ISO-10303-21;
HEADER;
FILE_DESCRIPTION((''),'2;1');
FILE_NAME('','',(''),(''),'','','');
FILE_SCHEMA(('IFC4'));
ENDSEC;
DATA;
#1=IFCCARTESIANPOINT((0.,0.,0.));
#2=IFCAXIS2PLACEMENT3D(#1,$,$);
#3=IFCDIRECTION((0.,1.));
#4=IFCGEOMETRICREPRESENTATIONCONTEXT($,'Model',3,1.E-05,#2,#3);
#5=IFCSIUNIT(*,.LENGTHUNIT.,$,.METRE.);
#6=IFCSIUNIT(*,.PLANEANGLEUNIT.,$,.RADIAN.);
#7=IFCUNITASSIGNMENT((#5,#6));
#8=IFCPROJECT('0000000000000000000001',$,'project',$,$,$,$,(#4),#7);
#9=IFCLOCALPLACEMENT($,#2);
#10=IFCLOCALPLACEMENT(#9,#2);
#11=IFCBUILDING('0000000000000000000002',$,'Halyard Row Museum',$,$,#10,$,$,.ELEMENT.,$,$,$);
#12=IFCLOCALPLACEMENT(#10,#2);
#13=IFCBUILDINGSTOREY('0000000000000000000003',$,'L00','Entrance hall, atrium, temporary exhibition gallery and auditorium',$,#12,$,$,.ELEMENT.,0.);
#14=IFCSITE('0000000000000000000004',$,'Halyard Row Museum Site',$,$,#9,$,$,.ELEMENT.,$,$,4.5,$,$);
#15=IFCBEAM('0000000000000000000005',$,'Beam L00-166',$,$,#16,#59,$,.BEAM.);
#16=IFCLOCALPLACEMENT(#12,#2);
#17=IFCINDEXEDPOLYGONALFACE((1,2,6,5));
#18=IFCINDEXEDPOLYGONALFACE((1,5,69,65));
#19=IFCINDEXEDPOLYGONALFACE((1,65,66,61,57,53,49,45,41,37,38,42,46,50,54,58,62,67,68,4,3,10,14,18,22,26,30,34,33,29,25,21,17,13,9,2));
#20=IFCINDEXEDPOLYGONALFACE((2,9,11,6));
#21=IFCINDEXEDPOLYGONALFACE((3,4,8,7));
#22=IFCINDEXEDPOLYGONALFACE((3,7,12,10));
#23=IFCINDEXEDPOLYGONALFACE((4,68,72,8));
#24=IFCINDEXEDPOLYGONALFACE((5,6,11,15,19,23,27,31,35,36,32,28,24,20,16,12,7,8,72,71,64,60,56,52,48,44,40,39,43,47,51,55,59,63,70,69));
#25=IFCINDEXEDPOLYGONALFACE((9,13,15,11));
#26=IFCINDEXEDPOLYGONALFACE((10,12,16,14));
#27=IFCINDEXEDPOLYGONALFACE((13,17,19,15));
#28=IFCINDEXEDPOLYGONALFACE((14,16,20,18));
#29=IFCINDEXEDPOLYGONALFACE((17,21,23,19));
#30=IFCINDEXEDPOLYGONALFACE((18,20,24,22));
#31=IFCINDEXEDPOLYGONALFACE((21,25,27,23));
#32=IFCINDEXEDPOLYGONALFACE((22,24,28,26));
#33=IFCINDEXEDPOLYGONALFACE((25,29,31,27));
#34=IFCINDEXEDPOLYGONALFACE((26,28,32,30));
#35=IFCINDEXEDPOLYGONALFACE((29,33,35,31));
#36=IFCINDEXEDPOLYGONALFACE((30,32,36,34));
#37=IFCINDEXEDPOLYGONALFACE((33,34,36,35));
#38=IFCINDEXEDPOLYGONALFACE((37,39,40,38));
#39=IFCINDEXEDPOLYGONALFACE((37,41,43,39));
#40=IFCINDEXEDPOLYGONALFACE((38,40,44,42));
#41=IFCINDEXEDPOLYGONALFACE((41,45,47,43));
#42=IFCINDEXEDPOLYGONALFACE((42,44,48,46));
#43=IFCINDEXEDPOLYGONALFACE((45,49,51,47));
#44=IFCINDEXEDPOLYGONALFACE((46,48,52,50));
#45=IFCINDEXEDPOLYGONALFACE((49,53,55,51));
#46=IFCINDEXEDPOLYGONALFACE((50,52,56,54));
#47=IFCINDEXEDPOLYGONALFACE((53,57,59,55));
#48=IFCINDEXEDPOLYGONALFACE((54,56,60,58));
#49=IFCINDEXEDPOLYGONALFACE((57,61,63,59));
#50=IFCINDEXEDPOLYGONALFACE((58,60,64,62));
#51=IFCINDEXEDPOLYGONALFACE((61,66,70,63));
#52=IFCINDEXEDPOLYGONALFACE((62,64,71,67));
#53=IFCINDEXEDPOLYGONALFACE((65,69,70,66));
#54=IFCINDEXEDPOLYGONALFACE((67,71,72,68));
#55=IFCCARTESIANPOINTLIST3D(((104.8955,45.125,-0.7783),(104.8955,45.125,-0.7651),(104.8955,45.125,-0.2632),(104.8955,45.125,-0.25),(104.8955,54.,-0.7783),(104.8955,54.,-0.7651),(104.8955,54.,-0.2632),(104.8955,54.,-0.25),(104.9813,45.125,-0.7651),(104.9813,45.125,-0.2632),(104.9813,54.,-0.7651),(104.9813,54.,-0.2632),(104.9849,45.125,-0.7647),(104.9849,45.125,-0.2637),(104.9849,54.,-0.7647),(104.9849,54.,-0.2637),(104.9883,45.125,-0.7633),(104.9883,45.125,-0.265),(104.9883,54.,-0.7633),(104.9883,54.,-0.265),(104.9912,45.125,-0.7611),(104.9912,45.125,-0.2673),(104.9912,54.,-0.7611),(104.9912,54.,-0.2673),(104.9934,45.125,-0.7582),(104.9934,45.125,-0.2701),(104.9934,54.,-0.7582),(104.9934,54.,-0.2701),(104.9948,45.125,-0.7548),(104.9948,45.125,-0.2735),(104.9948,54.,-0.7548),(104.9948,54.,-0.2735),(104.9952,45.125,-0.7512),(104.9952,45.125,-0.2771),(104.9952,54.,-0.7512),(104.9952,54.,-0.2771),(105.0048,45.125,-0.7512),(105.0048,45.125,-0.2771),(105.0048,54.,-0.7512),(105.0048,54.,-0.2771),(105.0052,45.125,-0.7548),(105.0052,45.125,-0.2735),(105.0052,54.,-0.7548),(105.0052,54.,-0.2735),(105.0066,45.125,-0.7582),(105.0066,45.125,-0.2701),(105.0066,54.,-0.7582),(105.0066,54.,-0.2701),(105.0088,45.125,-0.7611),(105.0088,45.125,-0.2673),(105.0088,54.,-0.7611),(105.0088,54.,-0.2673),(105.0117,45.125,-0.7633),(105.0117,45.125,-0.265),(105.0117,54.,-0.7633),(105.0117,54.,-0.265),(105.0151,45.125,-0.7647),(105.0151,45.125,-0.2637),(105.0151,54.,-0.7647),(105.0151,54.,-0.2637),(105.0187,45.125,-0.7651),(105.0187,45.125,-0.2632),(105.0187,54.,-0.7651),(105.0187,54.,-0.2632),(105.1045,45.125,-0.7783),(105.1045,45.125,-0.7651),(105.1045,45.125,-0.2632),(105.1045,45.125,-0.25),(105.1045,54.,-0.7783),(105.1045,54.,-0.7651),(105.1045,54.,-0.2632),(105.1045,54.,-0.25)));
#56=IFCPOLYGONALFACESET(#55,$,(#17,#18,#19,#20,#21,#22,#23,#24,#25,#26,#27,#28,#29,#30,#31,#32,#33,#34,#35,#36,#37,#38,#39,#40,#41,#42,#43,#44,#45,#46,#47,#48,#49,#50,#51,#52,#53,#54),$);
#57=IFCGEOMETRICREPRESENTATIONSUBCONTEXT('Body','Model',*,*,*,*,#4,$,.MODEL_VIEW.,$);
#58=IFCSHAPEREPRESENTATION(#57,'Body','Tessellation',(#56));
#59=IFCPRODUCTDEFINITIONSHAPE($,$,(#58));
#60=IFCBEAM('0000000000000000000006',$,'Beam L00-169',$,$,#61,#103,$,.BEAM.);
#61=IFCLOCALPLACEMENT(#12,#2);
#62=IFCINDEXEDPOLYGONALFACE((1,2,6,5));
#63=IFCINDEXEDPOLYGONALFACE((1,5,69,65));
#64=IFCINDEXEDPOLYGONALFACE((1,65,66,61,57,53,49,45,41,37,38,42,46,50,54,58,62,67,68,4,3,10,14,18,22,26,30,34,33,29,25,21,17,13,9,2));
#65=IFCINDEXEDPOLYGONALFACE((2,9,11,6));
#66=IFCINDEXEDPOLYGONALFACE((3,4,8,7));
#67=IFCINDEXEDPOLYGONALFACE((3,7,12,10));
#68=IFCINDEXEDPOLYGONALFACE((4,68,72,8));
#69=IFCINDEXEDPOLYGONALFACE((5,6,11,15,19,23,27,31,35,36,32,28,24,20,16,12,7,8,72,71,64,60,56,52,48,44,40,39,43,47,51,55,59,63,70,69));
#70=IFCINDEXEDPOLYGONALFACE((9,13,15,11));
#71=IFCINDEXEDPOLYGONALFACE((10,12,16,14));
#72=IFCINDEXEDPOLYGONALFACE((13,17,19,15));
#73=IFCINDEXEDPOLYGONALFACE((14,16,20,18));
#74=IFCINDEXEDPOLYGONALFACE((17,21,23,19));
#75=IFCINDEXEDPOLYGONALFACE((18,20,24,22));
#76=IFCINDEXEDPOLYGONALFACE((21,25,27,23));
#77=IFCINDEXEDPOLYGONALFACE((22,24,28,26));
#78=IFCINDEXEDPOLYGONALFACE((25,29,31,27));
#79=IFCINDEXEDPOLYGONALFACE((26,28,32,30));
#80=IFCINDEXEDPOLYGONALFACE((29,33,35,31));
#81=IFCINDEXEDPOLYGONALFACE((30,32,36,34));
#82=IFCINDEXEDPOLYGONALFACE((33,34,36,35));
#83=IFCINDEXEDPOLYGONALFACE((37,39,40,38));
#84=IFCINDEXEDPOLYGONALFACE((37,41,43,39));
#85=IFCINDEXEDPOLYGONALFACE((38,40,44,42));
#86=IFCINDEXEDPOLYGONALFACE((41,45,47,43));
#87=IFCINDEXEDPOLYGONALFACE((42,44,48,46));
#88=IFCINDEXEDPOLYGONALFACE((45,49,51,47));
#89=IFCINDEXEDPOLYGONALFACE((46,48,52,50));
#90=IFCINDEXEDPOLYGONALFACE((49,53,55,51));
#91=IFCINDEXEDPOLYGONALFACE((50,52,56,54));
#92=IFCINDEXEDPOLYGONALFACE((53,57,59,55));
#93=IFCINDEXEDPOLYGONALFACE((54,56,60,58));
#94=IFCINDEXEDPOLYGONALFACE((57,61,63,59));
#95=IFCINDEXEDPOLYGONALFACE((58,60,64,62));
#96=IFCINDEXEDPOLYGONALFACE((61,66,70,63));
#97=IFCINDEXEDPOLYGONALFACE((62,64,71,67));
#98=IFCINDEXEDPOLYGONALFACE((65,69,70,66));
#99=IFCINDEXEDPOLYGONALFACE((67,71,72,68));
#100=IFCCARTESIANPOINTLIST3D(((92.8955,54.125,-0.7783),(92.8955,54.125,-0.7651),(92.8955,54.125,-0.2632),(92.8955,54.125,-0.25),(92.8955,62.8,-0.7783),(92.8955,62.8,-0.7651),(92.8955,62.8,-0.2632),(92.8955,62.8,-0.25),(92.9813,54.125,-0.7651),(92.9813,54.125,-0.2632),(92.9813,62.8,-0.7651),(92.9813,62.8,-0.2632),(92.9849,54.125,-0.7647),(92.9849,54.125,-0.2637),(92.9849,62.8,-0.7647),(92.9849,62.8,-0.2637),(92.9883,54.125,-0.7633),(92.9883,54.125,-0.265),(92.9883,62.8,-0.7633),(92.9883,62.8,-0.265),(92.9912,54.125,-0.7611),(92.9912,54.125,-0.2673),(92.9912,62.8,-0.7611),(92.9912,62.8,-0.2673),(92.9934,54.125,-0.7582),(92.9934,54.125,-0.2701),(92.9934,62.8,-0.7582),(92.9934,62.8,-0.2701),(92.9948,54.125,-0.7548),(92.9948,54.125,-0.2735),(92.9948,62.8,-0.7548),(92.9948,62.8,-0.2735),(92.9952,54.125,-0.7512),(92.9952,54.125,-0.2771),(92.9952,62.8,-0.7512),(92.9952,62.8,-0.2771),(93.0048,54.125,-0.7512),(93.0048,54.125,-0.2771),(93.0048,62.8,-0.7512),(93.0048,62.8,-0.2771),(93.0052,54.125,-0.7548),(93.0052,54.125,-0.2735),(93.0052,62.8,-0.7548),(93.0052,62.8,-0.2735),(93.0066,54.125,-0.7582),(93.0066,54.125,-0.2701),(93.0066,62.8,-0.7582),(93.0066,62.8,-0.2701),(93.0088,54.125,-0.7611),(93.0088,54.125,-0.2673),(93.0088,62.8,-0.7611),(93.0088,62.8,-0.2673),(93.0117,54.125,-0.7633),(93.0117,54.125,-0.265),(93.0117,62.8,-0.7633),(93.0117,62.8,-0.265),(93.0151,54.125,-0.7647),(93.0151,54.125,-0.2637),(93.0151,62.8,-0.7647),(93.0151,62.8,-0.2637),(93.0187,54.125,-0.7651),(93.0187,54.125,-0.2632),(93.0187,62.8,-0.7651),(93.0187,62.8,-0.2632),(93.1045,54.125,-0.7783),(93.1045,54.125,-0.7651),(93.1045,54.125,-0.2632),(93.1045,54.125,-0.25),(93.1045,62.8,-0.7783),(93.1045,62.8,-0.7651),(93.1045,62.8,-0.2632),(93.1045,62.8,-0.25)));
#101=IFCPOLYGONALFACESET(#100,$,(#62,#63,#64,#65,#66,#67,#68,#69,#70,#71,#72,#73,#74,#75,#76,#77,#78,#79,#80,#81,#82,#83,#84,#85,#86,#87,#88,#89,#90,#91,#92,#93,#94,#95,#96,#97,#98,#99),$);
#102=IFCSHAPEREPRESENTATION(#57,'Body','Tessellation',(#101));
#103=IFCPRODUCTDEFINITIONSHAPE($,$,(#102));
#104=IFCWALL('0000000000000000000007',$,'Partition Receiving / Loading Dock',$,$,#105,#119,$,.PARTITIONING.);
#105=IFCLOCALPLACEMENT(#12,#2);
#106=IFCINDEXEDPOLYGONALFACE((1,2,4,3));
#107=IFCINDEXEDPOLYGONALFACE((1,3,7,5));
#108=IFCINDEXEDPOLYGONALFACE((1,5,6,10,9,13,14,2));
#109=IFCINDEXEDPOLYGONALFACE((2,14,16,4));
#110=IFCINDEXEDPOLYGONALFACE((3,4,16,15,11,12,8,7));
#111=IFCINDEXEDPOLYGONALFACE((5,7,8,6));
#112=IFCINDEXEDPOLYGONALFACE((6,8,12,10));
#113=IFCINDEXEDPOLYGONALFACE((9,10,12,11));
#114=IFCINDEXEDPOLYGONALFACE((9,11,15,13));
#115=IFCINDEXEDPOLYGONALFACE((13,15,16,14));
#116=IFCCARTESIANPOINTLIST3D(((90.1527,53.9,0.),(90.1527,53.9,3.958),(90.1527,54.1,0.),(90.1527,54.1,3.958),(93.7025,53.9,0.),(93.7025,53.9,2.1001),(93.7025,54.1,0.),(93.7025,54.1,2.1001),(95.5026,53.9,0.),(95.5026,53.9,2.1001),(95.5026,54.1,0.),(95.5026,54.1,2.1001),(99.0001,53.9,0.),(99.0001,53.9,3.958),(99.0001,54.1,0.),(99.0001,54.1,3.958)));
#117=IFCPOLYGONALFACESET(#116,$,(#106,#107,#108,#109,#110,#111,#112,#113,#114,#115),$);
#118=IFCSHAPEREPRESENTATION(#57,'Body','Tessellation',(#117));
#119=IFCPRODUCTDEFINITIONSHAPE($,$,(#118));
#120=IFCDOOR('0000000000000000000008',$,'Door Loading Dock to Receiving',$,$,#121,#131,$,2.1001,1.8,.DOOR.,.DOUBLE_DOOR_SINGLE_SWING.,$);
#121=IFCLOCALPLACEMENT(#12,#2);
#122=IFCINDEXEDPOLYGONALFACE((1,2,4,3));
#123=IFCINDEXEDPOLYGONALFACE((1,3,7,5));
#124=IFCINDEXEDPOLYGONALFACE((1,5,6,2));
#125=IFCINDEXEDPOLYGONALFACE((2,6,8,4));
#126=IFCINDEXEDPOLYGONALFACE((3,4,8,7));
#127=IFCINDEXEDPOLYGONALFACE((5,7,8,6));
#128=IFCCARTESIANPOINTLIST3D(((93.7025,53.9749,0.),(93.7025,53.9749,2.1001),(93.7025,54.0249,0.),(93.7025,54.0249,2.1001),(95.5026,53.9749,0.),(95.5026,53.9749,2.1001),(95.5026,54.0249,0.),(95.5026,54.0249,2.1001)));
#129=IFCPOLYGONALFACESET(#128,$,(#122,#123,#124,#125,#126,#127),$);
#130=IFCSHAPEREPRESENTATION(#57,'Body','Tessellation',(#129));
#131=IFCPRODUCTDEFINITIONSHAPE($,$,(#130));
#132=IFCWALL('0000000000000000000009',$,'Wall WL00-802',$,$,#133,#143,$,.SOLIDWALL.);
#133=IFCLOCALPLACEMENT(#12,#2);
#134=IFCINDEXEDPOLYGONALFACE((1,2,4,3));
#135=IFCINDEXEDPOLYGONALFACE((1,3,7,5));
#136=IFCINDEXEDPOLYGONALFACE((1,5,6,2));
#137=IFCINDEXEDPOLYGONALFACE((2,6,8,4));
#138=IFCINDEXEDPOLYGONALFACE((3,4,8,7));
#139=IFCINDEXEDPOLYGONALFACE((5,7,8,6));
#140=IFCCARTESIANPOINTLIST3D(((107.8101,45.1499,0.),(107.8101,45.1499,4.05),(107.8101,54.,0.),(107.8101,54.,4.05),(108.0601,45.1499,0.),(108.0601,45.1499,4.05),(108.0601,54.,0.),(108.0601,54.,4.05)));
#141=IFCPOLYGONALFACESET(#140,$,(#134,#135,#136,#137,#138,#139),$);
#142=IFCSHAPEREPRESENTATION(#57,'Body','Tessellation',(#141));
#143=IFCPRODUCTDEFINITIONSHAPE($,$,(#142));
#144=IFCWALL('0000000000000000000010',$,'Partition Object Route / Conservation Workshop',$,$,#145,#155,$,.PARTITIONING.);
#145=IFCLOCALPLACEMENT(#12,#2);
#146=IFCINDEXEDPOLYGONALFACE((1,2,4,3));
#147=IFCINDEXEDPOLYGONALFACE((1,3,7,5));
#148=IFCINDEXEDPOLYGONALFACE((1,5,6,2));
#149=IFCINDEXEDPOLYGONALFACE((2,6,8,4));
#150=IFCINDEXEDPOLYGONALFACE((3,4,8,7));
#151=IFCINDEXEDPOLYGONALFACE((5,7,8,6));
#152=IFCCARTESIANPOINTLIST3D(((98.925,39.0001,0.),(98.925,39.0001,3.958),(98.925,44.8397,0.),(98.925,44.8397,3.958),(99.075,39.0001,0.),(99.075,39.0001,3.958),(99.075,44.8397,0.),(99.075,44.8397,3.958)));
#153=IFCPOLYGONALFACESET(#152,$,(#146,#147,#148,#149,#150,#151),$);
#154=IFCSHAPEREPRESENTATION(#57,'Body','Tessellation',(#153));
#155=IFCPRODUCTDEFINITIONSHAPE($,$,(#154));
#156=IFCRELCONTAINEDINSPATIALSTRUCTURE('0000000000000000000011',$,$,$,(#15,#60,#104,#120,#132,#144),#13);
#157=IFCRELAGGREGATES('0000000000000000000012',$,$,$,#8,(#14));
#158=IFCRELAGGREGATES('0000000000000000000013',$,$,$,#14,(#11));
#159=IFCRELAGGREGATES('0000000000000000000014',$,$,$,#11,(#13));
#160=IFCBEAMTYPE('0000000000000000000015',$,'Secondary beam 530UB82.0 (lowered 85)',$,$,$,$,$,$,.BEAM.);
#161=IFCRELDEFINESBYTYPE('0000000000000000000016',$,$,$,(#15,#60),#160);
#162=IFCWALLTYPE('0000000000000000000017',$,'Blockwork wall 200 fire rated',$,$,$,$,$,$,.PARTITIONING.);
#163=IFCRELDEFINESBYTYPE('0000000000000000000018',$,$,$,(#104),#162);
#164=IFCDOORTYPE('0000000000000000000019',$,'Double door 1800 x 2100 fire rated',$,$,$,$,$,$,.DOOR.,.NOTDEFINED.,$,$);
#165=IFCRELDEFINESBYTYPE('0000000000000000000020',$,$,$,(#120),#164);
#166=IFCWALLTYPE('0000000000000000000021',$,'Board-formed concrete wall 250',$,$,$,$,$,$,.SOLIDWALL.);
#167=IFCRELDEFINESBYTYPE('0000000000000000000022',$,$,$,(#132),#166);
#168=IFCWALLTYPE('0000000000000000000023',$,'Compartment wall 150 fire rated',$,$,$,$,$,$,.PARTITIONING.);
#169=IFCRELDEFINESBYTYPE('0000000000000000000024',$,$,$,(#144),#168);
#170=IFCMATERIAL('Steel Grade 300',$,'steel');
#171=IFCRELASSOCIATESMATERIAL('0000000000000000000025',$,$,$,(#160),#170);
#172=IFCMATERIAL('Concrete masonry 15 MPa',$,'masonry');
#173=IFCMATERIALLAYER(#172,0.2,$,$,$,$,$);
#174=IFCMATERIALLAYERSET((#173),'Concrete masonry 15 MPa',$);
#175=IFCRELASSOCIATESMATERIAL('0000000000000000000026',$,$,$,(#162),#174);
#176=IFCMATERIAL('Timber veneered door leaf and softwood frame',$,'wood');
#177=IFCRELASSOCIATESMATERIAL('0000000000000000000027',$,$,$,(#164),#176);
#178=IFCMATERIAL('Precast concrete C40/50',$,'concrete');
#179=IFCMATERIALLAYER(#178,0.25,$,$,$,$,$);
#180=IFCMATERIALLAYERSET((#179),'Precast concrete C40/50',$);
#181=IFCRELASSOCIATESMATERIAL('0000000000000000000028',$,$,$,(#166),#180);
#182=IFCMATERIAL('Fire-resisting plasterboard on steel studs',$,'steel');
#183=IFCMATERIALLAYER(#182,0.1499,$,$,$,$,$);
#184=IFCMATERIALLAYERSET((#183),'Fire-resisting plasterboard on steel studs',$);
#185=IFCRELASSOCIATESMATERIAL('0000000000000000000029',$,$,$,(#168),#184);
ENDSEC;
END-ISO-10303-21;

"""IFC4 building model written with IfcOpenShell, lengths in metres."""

from ifc_helpers import new_model, si_unit, direction, frame, frame_2d, origin, origin_2d, place, context, subcontext, project, spatial, rectangle, i_section, extrude, material, layer, layer_set, material_profile, profile_set, type_object, element, fill, save


model = new_model("IFC4")

# Units and contexts
model_context = context("Model", 3, precision=1e-05, world=origin(), true_north=direction((0.0, 1.0)))
body_context = subcontext(model_context, "Body", "Model", "MODEL_VIEW")
ifc_project = project(units=[si_unit("LENGTHUNIT", "METRE"), si_unit("PLANEANGLEUNIT", "RADIAN")], contexts=[model_context])

# Site, building, storey
site_placement = place(None, origin())
site = spatial("IfcSite", under=ifc_project, at=site_placement, Name="Halyard Row Museum Site", CompositionType="ELEMENT", RefElevation=4.5)
building_placement = place(site_placement, origin())
building = spatial("IfcBuilding", under=site, at=building_placement, Name="Halyard Row Museum", CompositionType="ELEMENT")
storey_placement = place(building_placement, origin())
storey = spatial("IfcBuildingStorey", under=building, at=storey_placement, Name="L00", Description="Entrance hall, atrium, temporary exhibition gallery and auditorium", CompositionType="ELEMENT", Elevation=0.0)

# Beams
ifc_material_1 = material(Name="Steel Grade 300", Category="steel")
ifc_material_profile_1 = material_profile(ifc_material_1, i_section(OverallWidth=0.209, OverallDepth=0.5283, WebThickness=0.0095, FlangeThickness=0.0132, FilletRadius=0.0139, at=origin_2d()), Name="530UB82.0")
ifc_profile_set_1 = profile_set([ifc_material_profile_1], Name="Steel Grade 300")
beam_type_1 = type_object("IfcBeamType", Name="Secondary beam 530UB82.0 (lowered 85)", PredefinedType="BEAM", material=ifc_profile_set_1)
for number, where, z_axis, x_axis, name in (
    (1, (105.0, 45.125, -0.5142), (0.0, 1.0, 0.0), (-1.0, 0.0, 0.0), "Beam L00-166"),
):
    element("IfcBeam", number, at=place(storey_placement, frame(where, z_axis=z_axis, x_axis=x_axis)), inside=storey, type_object=beam_type_1, Name=name, PredefinedType="BEAM", context=body_context, shape_type="SweptSolid", body=[
        extrude(i_section(OverallWidth=0.209, OverallDepth=0.5283, WebThickness=0.0095, FlangeThickness=0.0132, FilletRadius=0.0139, at=origin_2d()), origin(), (0.0, 0.0, 1.0), 8.875),
    ])
beam_1_placement = place(storey_placement, frame((93.0, 54.125, -0.5142), z_axis=(0.0, 1.0, 0.0), x_axis=(-1.0, 0.0, 0.0)))
element("IfcBeam", 2, at=beam_1_placement, inside=storey, type_object=beam_type_1, Name="Beam L00-169", PredefinedType="BEAM", context=body_context, shape_type="SweptSolid", body=[
    extrude(i_section(OverallWidth=0.209, OverallDepth=0.5283, WebThickness=0.0095, FlangeThickness=0.0132, FilletRadius=0.0139, at=origin_2d()), origin(), (0.0, 0.0, 1.0), 8.675),
])

# Wall, opening, door
ifc_material_2 = material(Name="Concrete masonry 15 MPa", Category="masonry")
ifc_layer_1 = layer(ifc_material_2, 0.2)
ifc_layer_set_1 = layer_set([ifc_layer_1], Name="Concrete masonry 15 MPa")
wall_type_1 = type_object("IfcWallType", Name="Blockwork wall 200 fire rated", PredefinedType="PARTITIONING", material=ifc_layer_set_1)
wall_1_placement = place(storey_placement, frame((90.1526, 54.0, 0.0), z_axis=(0.0, 0.0, 1.0), x_axis=(1.0, 0.0, 0.0)))
wall_1 = element("IfcWall", 3, at=wall_1_placement, inside=storey, type_object=wall_type_1, Name="Partition Receiving / Loading Dock", PredefinedType="PARTITIONING", context=body_context, shape_type="SweptSolid", body=[
    extrude(rectangle(XDim=8.8474, YDim=0.2, at=frame_2d((4.4238, 0.0))), origin(), (0.0, 0.0, 1.0), 3.958),
])
opening_1_placement = place(wall_1_placement, frame((3.55, 0.0, 0.0)))
opening_1 = element("IfcOpeningElement", 4, at=opening_1_placement, cuts=wall_1, PredefinedType="OPENING", context=body_context, shape_type="SweptSolid", body=[
    extrude(rectangle(XDim=1.8, YDim=2.1001, at=frame_2d((0.8999, 1.05))), frame((0.0, 0.1099, 0.0), z_axis=(0.0, -1.0, 0.0), x_axis=(1.0, 0.0, 0.0)), (0.0, 0.0, 1.0), 0.22),
])
ifc_material_3 = material(Name="Timber veneered door leaf and softwood frame", Category="wood")
door_type_1 = type_object("IfcDoorType", Name="Double door 1800 x 2100 fire rated", OperationType="NOTDEFINED", PredefinedType="DOOR", material=ifc_material_3)
door_1_placement = place(opening_1_placement, origin())
door_1 = element("IfcDoor", 5, at=door_1_placement, inside=storey, type_object=door_type_1, Name="Door Loading Dock to Receiving", OperationType="DOUBLE_DOOR_SINGLE_SWING", OverallHeight=2.1001, OverallWidth=1.8, PredefinedType="DOOR", context=body_context, shape_type="SweptSolid", body=[
    extrude(rectangle(XDim=1.8, YDim=2.1001, at=frame_2d((0.8999, 1.05))), frame((0.0, 0.0249, 0.0), z_axis=(0.0, -1.0, 0.0), x_axis=(1.0, 0.0, 0.0)), (0.0, 0.0, 1.0), 0.05),
])
fill(opening_1, door_1)

# Walls
ifc_material_4 = material(Name="Precast concrete C40/50", Category="concrete")
ifc_layer_2 = layer(ifc_material_4, 0.25)
ifc_layer_set_2 = layer_set([ifc_layer_2], Name="Precast concrete C40/50")
wall_type_2 = type_object("IfcWallType", Name="Board-formed concrete wall 250", PredefinedType="SOLIDWALL", material=ifc_layer_set_2)
wall_2_placement = place(storey_placement, frame((107.9351, 45.1499, 0.0), z_axis=(0.0, 0.0, 1.0), x_axis=(0.0, 1.0, 0.0)))
element("IfcWall", 6, at=wall_2_placement, inside=storey, type_object=wall_type_2, Name="Wall WL00-802", PredefinedType="SOLIDWALL", context=body_context, shape_type="SweptSolid", body=[
    extrude(rectangle(XDim=8.8501, YDim=0.25, at=frame_2d((4.425, 0.0))), origin(), (0.0, 0.0, 1.0), 4.05),
])
ifc_material_5 = material(Name="Fire-resisting plasterboard on steel studs", Category="steel")
ifc_layer_3 = layer(ifc_material_5, 0.1499)
ifc_layer_set_3 = layer_set([ifc_layer_3], Name="Fire-resisting plasterboard on steel studs")
wall_type_3 = type_object("IfcWallType", Name="Compartment wall 150 fire rated", PredefinedType="PARTITIONING", material=ifc_layer_set_3)
wall_3_placement = place(storey_placement, frame((99.0, 39.0, 0.0), z_axis=(0.0, 0.0, 1.0), x_axis=(0.0, 1.0, 0.0)))
element("IfcWall", 7, at=wall_3_placement, inside=storey, type_object=wall_type_3, Name="Partition Object Route / Conservation Workshop", PredefinedType="PARTITIONING", context=body_context, shape_type="SweptSolid", body=[
    extrude(rectangle(XDim=5.8396, YDim=0.1499, at=frame_2d((2.9199, 0.0))), origin(), (0.0, 0.0, 1.0), 3.958),
])

save(model, "model.ifc")
